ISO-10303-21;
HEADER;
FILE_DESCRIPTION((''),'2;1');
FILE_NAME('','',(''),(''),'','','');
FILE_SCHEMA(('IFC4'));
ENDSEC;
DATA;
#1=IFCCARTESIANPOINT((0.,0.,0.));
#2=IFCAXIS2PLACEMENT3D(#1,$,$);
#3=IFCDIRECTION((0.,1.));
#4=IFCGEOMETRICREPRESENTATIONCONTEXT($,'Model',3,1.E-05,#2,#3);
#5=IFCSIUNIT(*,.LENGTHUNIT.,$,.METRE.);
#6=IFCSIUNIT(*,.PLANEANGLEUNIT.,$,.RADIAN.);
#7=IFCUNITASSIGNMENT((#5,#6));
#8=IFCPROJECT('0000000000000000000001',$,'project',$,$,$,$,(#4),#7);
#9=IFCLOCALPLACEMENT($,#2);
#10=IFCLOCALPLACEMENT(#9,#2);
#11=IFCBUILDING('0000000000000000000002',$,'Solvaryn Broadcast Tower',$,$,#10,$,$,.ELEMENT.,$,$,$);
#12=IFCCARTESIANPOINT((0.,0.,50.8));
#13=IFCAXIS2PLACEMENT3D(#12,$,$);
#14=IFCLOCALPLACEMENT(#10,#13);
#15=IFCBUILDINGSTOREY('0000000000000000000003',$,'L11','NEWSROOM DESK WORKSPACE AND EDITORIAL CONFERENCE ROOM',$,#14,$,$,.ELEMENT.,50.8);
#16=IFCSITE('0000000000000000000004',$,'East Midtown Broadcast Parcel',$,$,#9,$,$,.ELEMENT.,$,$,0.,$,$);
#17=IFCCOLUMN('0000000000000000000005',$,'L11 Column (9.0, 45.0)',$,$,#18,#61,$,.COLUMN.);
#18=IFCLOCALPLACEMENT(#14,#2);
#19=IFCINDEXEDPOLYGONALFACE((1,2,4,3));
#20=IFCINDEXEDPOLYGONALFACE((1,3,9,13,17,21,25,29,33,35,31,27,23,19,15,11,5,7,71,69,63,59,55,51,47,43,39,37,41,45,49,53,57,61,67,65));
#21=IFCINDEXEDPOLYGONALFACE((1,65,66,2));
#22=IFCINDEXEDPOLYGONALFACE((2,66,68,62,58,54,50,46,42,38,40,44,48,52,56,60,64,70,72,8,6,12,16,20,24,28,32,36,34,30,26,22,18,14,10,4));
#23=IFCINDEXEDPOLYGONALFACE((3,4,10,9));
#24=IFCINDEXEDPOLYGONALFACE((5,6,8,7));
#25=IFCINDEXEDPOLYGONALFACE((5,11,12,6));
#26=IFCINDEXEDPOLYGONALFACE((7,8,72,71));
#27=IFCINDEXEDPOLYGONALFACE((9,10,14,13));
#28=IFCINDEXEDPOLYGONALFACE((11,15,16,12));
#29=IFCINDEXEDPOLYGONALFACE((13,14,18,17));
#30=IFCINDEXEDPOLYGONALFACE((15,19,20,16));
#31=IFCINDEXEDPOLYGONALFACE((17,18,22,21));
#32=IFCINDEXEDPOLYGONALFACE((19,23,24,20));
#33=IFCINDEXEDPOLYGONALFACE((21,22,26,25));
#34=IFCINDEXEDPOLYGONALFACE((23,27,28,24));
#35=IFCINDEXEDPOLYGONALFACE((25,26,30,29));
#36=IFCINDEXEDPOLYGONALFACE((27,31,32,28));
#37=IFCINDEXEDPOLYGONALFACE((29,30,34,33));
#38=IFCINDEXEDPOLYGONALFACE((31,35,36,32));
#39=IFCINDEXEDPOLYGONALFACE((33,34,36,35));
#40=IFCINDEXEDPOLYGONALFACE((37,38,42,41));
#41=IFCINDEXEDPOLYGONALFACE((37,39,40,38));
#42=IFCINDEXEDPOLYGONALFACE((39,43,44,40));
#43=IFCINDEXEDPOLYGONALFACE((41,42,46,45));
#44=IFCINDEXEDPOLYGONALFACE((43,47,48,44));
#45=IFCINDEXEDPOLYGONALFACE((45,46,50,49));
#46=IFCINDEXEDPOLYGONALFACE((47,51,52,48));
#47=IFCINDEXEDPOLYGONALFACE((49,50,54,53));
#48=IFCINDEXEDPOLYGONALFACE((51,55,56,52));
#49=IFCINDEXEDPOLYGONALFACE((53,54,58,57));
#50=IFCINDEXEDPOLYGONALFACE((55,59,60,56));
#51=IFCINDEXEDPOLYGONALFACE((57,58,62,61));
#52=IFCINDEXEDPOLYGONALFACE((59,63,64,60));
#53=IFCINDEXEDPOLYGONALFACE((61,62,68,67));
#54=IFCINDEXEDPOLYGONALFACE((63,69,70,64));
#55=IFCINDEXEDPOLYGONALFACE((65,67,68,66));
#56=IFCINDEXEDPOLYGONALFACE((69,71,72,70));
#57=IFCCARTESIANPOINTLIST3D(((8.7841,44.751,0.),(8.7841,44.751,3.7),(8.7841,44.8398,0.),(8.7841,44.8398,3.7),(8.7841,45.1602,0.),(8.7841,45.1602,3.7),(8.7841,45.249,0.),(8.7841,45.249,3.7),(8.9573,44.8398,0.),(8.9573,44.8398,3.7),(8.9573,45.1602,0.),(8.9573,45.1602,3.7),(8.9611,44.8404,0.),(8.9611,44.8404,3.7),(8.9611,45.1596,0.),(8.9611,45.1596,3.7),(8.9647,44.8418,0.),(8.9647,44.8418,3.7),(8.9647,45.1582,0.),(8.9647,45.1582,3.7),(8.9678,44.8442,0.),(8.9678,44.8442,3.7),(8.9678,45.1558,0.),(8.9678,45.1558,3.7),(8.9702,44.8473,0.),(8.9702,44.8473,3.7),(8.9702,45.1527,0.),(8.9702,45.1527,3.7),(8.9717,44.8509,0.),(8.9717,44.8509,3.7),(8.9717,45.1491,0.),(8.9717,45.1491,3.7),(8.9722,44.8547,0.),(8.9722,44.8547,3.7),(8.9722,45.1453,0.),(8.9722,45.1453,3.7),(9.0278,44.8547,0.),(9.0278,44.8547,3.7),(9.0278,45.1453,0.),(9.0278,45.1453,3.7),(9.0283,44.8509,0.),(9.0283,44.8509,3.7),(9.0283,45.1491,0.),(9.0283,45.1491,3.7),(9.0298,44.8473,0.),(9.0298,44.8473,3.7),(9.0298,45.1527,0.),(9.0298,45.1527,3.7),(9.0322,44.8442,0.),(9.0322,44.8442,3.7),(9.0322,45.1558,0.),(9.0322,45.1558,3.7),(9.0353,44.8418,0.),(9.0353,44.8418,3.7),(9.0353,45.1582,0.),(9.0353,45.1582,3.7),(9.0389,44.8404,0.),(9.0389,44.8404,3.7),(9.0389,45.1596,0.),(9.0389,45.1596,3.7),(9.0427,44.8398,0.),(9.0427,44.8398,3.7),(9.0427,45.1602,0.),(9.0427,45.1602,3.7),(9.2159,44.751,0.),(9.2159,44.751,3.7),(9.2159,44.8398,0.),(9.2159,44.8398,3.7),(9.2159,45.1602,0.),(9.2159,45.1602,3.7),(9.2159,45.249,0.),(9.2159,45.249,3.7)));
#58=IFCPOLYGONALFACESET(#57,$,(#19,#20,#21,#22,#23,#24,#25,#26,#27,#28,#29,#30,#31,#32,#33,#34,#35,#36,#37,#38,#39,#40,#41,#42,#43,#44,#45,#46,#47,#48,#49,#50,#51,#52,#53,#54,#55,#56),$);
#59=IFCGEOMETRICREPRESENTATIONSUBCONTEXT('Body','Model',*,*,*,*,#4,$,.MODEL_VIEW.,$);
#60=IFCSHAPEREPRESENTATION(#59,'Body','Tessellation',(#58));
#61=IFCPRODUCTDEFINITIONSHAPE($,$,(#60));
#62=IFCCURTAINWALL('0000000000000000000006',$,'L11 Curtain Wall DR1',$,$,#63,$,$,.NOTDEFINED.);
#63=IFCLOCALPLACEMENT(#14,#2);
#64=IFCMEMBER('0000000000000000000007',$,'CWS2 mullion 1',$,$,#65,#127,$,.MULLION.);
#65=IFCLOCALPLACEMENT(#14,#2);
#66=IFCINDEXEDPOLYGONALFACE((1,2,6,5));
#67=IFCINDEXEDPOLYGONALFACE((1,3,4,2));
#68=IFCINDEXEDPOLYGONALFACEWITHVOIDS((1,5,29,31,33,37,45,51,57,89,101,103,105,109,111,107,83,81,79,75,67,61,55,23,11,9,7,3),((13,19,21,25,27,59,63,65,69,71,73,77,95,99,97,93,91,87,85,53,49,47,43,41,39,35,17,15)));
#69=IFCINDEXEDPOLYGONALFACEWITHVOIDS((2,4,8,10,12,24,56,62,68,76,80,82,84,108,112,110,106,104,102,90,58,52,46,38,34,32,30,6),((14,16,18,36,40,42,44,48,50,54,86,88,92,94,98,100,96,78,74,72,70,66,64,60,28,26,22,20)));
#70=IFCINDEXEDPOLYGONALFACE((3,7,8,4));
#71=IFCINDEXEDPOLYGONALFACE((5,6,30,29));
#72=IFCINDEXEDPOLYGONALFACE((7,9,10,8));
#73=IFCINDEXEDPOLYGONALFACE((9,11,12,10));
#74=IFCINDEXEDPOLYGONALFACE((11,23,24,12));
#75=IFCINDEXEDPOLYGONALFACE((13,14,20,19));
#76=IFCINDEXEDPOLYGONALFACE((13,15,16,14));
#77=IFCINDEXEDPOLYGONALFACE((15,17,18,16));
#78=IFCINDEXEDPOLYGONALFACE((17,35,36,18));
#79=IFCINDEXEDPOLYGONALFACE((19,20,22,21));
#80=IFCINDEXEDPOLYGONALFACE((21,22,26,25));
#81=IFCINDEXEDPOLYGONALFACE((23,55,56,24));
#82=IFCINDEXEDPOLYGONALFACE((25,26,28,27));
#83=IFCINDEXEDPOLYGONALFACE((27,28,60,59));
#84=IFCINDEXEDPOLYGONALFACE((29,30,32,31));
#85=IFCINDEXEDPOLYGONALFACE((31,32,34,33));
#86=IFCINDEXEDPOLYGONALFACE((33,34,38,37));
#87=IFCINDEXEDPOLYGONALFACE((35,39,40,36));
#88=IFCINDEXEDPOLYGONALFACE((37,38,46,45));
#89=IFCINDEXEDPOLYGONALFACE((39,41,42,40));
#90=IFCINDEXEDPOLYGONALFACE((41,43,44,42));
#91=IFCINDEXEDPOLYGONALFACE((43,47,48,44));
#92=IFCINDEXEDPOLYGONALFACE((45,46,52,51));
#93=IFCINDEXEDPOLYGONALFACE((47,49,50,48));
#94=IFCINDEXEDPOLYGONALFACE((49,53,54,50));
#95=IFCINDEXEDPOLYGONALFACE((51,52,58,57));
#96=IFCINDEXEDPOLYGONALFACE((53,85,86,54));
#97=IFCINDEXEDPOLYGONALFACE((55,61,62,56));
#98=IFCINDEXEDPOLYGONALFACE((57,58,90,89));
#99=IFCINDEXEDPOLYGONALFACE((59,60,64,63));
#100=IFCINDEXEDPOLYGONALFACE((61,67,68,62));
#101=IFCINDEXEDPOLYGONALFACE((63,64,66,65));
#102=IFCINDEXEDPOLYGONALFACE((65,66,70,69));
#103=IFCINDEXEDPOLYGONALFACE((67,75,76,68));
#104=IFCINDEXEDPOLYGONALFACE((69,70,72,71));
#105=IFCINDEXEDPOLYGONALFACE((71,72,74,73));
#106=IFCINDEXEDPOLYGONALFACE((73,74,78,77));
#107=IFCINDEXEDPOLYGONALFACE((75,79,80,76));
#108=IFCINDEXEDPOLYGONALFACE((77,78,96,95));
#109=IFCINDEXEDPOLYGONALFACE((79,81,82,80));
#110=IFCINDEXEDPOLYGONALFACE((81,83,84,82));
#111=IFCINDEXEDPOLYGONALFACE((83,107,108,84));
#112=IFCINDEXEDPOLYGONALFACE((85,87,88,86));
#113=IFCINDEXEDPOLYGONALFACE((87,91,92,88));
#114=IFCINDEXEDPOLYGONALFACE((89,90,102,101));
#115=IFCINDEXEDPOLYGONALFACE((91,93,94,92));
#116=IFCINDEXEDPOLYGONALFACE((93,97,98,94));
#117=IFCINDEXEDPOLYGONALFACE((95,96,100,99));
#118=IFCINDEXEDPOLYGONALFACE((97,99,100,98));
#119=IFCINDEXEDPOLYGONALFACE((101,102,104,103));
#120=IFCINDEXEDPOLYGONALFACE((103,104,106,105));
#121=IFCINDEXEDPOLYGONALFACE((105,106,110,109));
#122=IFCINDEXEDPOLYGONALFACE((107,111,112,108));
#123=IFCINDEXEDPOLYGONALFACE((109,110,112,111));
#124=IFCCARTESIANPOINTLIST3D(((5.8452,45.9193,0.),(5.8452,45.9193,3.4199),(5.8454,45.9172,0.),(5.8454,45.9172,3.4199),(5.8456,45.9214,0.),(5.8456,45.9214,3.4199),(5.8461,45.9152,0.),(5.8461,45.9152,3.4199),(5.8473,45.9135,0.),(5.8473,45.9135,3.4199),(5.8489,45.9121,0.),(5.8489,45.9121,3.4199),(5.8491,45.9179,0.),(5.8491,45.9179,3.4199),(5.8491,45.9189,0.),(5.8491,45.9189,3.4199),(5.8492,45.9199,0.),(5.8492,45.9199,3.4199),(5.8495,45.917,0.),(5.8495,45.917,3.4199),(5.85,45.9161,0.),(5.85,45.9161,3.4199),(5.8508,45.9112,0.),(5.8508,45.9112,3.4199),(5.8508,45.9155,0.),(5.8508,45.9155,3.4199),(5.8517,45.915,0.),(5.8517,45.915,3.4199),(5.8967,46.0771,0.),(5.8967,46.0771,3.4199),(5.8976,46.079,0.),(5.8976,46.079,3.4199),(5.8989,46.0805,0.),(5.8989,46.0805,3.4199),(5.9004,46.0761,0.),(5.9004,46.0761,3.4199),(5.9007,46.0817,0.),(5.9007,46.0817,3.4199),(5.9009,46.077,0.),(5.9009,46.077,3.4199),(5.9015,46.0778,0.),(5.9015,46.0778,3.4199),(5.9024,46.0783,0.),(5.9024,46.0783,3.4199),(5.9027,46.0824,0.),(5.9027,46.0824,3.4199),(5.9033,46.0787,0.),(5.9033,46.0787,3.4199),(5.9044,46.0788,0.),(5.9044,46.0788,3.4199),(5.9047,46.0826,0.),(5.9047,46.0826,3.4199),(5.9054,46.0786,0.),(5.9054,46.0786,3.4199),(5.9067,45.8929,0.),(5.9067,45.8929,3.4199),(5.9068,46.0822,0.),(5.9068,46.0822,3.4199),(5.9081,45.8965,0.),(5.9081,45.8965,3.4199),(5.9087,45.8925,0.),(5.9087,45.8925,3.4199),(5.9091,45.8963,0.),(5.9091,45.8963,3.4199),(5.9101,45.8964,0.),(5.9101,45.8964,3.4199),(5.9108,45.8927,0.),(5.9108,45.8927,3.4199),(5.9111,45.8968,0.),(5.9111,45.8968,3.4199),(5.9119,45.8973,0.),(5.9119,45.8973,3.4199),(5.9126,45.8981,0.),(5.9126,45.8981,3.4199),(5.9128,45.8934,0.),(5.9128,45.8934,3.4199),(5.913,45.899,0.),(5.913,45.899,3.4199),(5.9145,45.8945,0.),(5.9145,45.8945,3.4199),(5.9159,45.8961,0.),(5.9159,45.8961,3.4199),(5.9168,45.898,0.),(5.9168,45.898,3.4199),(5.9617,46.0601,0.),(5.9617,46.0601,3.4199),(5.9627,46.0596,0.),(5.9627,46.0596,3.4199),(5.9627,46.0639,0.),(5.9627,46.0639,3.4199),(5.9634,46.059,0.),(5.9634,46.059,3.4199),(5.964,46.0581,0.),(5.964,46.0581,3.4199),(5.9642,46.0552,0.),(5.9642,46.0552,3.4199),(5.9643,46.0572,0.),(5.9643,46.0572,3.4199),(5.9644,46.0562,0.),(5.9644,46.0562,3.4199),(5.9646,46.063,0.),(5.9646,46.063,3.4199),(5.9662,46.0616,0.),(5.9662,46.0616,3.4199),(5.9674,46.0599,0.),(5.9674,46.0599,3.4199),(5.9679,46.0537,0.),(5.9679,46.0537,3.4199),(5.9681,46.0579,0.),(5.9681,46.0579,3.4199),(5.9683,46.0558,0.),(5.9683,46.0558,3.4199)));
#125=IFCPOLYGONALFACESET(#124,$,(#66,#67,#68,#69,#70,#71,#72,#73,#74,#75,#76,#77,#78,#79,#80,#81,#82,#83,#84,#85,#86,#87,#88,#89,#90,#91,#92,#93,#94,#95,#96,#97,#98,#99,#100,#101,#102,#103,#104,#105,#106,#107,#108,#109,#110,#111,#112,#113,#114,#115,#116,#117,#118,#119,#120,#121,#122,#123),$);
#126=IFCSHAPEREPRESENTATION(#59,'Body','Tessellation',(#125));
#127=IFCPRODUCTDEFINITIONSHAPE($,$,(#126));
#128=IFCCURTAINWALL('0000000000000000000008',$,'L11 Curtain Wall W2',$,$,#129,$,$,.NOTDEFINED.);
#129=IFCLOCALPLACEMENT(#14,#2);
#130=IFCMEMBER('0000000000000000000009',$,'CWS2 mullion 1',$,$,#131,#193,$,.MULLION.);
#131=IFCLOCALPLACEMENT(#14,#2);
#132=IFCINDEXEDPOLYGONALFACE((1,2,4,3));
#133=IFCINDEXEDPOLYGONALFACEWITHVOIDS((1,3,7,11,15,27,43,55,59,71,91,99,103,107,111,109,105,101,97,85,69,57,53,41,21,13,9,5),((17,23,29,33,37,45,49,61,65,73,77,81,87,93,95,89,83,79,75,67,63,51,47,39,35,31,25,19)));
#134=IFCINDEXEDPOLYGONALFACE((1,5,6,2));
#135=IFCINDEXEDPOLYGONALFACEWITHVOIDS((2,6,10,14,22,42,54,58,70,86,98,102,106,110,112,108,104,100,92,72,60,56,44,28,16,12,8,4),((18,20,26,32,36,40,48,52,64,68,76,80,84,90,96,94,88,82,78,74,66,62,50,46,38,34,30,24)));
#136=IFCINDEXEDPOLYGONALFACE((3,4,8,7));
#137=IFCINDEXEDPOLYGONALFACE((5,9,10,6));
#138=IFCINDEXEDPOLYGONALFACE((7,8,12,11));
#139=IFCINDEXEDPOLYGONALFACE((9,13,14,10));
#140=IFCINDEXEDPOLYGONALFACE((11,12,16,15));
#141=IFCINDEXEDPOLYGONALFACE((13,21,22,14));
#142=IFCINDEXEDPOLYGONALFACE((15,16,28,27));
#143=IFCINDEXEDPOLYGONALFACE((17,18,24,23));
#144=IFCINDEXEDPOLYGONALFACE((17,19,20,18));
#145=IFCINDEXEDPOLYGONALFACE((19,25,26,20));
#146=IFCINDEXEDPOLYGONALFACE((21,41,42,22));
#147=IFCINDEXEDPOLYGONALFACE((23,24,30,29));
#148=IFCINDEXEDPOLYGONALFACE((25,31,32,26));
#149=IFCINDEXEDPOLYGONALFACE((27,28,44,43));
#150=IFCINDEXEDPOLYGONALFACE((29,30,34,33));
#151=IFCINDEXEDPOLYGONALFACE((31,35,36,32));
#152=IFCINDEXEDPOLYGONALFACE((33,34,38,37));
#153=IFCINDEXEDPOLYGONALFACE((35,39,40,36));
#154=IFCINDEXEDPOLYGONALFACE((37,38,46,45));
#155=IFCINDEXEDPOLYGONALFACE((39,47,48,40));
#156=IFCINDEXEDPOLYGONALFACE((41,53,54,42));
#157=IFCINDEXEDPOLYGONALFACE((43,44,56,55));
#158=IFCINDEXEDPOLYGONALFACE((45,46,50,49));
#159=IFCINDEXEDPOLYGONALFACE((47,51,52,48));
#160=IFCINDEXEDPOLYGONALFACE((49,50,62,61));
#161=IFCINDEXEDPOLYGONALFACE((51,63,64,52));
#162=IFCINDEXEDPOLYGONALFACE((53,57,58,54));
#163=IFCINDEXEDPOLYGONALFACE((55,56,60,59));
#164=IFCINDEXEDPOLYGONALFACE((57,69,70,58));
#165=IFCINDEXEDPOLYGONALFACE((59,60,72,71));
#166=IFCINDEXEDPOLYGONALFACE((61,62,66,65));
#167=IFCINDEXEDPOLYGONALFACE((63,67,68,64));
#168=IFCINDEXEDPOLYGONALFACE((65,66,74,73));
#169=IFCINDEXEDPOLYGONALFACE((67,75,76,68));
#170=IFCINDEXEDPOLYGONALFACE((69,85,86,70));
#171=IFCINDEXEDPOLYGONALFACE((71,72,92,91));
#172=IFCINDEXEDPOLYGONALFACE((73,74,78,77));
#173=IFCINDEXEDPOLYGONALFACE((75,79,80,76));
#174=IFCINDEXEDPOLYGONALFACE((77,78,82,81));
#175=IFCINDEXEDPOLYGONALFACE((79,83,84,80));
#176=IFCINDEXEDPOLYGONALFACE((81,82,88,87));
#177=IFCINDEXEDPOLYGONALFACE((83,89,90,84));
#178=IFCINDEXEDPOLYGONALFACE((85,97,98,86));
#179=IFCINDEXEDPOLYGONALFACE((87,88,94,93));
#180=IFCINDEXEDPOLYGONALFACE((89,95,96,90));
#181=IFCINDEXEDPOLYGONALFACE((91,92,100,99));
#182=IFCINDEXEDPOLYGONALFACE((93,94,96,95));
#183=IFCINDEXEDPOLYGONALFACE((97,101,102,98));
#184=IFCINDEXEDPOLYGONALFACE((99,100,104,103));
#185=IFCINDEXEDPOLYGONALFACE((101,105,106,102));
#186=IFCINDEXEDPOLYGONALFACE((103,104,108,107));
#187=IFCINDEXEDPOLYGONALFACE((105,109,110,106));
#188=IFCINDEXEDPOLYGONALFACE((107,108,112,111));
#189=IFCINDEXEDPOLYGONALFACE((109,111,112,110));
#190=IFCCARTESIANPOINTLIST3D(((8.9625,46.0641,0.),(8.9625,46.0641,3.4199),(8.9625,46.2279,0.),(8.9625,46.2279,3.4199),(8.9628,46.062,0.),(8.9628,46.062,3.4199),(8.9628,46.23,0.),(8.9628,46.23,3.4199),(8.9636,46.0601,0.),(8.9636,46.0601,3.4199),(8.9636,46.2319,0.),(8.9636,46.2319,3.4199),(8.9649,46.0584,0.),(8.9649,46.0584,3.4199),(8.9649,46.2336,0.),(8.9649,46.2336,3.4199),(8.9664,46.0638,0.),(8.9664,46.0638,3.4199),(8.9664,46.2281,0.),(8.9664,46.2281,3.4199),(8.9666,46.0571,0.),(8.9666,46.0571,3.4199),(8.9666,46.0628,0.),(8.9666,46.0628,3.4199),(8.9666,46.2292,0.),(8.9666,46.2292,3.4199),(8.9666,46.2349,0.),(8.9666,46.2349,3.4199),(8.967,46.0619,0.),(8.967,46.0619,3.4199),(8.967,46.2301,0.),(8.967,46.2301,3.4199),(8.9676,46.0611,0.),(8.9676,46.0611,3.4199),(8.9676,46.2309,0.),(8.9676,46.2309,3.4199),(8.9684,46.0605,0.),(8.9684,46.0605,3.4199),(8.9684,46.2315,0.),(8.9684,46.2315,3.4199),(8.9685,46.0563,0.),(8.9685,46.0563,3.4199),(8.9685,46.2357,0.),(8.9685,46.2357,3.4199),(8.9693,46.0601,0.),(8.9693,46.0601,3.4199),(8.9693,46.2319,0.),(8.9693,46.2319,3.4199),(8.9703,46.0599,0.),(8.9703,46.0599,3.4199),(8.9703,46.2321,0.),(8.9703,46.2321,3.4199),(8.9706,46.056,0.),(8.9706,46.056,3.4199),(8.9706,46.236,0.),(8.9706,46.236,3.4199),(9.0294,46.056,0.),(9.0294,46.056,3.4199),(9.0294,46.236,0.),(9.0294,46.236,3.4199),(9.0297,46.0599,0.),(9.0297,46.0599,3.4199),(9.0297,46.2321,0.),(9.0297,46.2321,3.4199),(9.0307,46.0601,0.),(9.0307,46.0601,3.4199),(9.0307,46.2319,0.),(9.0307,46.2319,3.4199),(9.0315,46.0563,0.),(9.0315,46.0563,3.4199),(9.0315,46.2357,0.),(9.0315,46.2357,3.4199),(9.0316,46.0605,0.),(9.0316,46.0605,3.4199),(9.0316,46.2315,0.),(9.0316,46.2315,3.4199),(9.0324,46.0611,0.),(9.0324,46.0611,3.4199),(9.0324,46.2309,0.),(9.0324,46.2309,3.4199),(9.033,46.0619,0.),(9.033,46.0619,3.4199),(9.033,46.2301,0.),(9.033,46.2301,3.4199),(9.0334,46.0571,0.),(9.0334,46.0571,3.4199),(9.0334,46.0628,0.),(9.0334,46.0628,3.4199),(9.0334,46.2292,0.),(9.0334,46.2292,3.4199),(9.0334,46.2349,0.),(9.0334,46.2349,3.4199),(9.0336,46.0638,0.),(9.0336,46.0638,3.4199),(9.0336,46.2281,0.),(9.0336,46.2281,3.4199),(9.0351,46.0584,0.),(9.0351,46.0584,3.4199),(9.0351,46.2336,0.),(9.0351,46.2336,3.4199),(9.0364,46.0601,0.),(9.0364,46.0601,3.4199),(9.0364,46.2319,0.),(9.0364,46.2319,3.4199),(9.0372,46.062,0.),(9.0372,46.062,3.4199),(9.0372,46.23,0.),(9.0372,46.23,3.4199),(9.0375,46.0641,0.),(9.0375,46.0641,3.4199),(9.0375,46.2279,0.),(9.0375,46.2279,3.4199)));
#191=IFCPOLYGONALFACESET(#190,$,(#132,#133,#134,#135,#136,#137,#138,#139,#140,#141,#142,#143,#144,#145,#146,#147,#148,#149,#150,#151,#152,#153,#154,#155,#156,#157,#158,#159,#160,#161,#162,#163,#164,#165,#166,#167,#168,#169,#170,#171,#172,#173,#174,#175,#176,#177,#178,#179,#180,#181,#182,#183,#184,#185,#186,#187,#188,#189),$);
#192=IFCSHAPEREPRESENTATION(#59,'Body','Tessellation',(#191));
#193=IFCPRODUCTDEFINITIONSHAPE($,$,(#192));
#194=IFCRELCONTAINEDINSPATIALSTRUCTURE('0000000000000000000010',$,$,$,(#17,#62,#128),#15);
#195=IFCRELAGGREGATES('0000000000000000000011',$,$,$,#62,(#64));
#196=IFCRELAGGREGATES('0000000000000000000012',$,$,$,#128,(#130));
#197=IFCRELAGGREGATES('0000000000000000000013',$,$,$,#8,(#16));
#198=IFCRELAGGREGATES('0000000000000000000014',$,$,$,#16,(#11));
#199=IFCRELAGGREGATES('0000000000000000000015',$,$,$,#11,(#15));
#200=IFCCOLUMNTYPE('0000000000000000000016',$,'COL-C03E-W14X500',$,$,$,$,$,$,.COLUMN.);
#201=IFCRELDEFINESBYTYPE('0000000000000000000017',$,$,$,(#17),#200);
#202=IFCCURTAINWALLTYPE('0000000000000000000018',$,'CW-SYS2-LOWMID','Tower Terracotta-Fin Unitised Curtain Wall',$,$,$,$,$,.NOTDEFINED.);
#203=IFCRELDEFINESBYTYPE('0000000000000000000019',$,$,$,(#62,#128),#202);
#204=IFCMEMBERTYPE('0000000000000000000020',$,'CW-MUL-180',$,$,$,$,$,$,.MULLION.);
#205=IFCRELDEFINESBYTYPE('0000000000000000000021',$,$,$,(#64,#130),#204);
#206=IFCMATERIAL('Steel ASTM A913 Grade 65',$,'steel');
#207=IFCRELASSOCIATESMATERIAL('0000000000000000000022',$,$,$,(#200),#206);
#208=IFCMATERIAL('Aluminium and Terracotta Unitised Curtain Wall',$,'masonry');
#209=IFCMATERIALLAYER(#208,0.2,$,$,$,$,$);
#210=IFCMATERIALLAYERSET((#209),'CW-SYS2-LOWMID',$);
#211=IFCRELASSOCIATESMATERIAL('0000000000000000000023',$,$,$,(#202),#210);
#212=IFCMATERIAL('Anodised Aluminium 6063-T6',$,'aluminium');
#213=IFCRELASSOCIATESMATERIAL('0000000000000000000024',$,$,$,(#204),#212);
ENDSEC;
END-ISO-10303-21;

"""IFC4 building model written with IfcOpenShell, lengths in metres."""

from ifc_helpers import new_model, si_unit, direction, frame, origin, origin_2d, place, context, subcontext, project, spatial, hollow_rectangle, i_section, extrude, material, layer, layer_set, material_profile, profile_set, type_object, element, aggregate, save


model = new_model("IFC4")

# Units and contexts
model_context = context("Model", 3, precision=1e-05, world=origin(), true_north=direction((0.0, 1.0)))
body_context = subcontext(model_context, "Body", "Model", "MODEL_VIEW")
ifc_project = project(units=[si_unit("LENGTHUNIT", "METRE"), si_unit("PLANEANGLEUNIT", "RADIAN")], contexts=[model_context])

# Site, building, storey
site_placement = place(None, origin())
site = spatial("IfcSite", under=ifc_project, at=site_placement, Name="East Midtown Broadcast Parcel", CompositionType="ELEMENT", RefElevation=0.0)
building_placement = place(site_placement, origin())
building = spatial("IfcBuilding", under=site, at=building_placement, Name="Solvaryn Broadcast Tower", CompositionType="ELEMENT")
storey_placement = place(building_placement, frame((0.0, 0.0, 50.8)))
storey = spatial("IfcBuildingStorey", under=building, at=storey_placement, Name="L11", Description="NEWSROOM DESK WORKSPACE AND EDITORIAL CONFERENCE ROOM", CompositionType="ELEMENT", Elevation=50.8)

# Column
ifc_material_1 = material(Name="Steel ASTM A913 Grade 65", Category="steel")
ifc_material_profile_1 = material_profile(ifc_material_1, i_section(OverallWidth=0.4319, OverallDepth=0.498, WebThickness=0.0557, FlangeThickness=0.0889, FilletRadius=0.0149, at=origin_2d()))
ifc_profile_set_1 = profile_set([ifc_material_profile_1], Name="Steel ASTM A913 Grade 65")
column_type = type_object("IfcColumnType", Name="COL-C03E-W14X500", PredefinedType="COLUMN", material=ifc_profile_set_1)
column_placement = place(storey_placement, frame((9.0, 45.0, 0.0), z_axis=(0.0, 0.0, 1.0), x_axis=(1.0, 0.0, 0.0)))
element("IfcColumn", 1, at=column_placement, inside=storey, type_object=column_type, Name="L11 Column (9.0, 45.0)", PredefinedType="COLUMN", context=body_context, shape_type="SweptSolid", body=[
    extrude(i_section(OverallWidth=0.4319, OverallDepth=0.498, WebThickness=0.0557, FlangeThickness=0.0889, FilletRadius=0.0149, at=origin_2d()), origin(), (0.0, 0.0, 1.0), 3.7),
])

# Curtain wall, member
ifc_material_2 = material(Name="Aluminium and Terracotta Unitised Curtain Wall", Category="masonry")
ifc_layer_1 = layer(ifc_material_2, 0.2)
ifc_layer_set_1 = layer_set([ifc_layer_1], Name="CW-SYS2-LOWMID")
curtain_wall_type = type_object("IfcCurtainWallType", Name="CW-SYS2-LOWMID", Description="Tower Terracotta-Fin Unitised Curtain Wall", PredefinedType="NOTDEFINED", material=ifc_layer_set_1)
curtain_wall_1_placement = place(storey_placement, origin())
curtain_wall_1 = element("IfcCurtainWall", 2, at=curtain_wall_1_placement, inside=storey, type_object=curtain_wall_type, Name="L11 Curtain Wall DR1", PredefinedType="NOTDEFINED")
ifc_material_3 = material(Name="Anodised Aluminium 6063-T6", Category="aluminium")
ifc_material_profile_2 = material_profile(ifc_material_3, hollow_rectangle(XDim=0.075, YDim=0.1799, WallThickness=0.0039, InnerFilletRadius=0.0039, OuterFilletRadius=0.0081, at=origin_2d()))
ifc_profile_set_2 = profile_set([ifc_material_profile_2], Name="Anodised Aluminium 6063-T6")
member_type_1 = type_object("IfcMemberType", Name="CW-MUL-180", PredefinedType="MULLION", material=ifc_profile_set_2)
member_1_placement = place(storey_placement, frame((5.9067, 45.9875, 0.0), z_axis=(0.0, 0.0, 1.0), x_axis=(0.950215, -0.311594, 0.0)))
member_1 = element("IfcMember", 3, at=member_1_placement, type_object=member_type_1, Name="CWS2 mullion 1", PredefinedType="MULLION", context=body_context, shape_type="SweptSolid", body=[
    extrude(hollow_rectangle(XDim=0.075, YDim=0.1799, WallThickness=0.0039, InnerFilletRadius=0.0039, OuterFilletRadius=0.0081, at=origin_2d()), origin(), (0.0, 0.0, 1.0), 3.4199),
])

# Curtain wall, member
curtain_wall_2_placement = place(storey_placement, origin())
curtain_wall_2 = element("IfcCurtainWall", 4, at=curtain_wall_2_placement, inside=storey, type_object=curtain_wall_type, Name="L11 Curtain Wall W2", PredefinedType="NOTDEFINED")
member_2_placement = place(storey_placement, frame((9.0, 46.146, 0.0), z_axis=(0.0, 0.0, 1.0), x_axis=(-1.0, 0.0, 0.0)))
member_2 = element("IfcMember", 5, at=member_2_placement, type_object=member_type_1, Name="CWS2 mullion 1", PredefinedType="MULLION", context=body_context, shape_type="SweptSolid", body=[
    extrude(hollow_rectangle(XDim=0.075, YDim=0.1799, WallThickness=0.0039, InnerFilletRadius=0.0039, OuterFilletRadius=0.0081, at=origin_2d()), origin(), (0.0, 0.0, 1.0), 3.4199),
])

aggregate(curtain_wall_1, [member_1])

aggregate(curtain_wall_2, [member_2])

save(model, "model.ifc")
